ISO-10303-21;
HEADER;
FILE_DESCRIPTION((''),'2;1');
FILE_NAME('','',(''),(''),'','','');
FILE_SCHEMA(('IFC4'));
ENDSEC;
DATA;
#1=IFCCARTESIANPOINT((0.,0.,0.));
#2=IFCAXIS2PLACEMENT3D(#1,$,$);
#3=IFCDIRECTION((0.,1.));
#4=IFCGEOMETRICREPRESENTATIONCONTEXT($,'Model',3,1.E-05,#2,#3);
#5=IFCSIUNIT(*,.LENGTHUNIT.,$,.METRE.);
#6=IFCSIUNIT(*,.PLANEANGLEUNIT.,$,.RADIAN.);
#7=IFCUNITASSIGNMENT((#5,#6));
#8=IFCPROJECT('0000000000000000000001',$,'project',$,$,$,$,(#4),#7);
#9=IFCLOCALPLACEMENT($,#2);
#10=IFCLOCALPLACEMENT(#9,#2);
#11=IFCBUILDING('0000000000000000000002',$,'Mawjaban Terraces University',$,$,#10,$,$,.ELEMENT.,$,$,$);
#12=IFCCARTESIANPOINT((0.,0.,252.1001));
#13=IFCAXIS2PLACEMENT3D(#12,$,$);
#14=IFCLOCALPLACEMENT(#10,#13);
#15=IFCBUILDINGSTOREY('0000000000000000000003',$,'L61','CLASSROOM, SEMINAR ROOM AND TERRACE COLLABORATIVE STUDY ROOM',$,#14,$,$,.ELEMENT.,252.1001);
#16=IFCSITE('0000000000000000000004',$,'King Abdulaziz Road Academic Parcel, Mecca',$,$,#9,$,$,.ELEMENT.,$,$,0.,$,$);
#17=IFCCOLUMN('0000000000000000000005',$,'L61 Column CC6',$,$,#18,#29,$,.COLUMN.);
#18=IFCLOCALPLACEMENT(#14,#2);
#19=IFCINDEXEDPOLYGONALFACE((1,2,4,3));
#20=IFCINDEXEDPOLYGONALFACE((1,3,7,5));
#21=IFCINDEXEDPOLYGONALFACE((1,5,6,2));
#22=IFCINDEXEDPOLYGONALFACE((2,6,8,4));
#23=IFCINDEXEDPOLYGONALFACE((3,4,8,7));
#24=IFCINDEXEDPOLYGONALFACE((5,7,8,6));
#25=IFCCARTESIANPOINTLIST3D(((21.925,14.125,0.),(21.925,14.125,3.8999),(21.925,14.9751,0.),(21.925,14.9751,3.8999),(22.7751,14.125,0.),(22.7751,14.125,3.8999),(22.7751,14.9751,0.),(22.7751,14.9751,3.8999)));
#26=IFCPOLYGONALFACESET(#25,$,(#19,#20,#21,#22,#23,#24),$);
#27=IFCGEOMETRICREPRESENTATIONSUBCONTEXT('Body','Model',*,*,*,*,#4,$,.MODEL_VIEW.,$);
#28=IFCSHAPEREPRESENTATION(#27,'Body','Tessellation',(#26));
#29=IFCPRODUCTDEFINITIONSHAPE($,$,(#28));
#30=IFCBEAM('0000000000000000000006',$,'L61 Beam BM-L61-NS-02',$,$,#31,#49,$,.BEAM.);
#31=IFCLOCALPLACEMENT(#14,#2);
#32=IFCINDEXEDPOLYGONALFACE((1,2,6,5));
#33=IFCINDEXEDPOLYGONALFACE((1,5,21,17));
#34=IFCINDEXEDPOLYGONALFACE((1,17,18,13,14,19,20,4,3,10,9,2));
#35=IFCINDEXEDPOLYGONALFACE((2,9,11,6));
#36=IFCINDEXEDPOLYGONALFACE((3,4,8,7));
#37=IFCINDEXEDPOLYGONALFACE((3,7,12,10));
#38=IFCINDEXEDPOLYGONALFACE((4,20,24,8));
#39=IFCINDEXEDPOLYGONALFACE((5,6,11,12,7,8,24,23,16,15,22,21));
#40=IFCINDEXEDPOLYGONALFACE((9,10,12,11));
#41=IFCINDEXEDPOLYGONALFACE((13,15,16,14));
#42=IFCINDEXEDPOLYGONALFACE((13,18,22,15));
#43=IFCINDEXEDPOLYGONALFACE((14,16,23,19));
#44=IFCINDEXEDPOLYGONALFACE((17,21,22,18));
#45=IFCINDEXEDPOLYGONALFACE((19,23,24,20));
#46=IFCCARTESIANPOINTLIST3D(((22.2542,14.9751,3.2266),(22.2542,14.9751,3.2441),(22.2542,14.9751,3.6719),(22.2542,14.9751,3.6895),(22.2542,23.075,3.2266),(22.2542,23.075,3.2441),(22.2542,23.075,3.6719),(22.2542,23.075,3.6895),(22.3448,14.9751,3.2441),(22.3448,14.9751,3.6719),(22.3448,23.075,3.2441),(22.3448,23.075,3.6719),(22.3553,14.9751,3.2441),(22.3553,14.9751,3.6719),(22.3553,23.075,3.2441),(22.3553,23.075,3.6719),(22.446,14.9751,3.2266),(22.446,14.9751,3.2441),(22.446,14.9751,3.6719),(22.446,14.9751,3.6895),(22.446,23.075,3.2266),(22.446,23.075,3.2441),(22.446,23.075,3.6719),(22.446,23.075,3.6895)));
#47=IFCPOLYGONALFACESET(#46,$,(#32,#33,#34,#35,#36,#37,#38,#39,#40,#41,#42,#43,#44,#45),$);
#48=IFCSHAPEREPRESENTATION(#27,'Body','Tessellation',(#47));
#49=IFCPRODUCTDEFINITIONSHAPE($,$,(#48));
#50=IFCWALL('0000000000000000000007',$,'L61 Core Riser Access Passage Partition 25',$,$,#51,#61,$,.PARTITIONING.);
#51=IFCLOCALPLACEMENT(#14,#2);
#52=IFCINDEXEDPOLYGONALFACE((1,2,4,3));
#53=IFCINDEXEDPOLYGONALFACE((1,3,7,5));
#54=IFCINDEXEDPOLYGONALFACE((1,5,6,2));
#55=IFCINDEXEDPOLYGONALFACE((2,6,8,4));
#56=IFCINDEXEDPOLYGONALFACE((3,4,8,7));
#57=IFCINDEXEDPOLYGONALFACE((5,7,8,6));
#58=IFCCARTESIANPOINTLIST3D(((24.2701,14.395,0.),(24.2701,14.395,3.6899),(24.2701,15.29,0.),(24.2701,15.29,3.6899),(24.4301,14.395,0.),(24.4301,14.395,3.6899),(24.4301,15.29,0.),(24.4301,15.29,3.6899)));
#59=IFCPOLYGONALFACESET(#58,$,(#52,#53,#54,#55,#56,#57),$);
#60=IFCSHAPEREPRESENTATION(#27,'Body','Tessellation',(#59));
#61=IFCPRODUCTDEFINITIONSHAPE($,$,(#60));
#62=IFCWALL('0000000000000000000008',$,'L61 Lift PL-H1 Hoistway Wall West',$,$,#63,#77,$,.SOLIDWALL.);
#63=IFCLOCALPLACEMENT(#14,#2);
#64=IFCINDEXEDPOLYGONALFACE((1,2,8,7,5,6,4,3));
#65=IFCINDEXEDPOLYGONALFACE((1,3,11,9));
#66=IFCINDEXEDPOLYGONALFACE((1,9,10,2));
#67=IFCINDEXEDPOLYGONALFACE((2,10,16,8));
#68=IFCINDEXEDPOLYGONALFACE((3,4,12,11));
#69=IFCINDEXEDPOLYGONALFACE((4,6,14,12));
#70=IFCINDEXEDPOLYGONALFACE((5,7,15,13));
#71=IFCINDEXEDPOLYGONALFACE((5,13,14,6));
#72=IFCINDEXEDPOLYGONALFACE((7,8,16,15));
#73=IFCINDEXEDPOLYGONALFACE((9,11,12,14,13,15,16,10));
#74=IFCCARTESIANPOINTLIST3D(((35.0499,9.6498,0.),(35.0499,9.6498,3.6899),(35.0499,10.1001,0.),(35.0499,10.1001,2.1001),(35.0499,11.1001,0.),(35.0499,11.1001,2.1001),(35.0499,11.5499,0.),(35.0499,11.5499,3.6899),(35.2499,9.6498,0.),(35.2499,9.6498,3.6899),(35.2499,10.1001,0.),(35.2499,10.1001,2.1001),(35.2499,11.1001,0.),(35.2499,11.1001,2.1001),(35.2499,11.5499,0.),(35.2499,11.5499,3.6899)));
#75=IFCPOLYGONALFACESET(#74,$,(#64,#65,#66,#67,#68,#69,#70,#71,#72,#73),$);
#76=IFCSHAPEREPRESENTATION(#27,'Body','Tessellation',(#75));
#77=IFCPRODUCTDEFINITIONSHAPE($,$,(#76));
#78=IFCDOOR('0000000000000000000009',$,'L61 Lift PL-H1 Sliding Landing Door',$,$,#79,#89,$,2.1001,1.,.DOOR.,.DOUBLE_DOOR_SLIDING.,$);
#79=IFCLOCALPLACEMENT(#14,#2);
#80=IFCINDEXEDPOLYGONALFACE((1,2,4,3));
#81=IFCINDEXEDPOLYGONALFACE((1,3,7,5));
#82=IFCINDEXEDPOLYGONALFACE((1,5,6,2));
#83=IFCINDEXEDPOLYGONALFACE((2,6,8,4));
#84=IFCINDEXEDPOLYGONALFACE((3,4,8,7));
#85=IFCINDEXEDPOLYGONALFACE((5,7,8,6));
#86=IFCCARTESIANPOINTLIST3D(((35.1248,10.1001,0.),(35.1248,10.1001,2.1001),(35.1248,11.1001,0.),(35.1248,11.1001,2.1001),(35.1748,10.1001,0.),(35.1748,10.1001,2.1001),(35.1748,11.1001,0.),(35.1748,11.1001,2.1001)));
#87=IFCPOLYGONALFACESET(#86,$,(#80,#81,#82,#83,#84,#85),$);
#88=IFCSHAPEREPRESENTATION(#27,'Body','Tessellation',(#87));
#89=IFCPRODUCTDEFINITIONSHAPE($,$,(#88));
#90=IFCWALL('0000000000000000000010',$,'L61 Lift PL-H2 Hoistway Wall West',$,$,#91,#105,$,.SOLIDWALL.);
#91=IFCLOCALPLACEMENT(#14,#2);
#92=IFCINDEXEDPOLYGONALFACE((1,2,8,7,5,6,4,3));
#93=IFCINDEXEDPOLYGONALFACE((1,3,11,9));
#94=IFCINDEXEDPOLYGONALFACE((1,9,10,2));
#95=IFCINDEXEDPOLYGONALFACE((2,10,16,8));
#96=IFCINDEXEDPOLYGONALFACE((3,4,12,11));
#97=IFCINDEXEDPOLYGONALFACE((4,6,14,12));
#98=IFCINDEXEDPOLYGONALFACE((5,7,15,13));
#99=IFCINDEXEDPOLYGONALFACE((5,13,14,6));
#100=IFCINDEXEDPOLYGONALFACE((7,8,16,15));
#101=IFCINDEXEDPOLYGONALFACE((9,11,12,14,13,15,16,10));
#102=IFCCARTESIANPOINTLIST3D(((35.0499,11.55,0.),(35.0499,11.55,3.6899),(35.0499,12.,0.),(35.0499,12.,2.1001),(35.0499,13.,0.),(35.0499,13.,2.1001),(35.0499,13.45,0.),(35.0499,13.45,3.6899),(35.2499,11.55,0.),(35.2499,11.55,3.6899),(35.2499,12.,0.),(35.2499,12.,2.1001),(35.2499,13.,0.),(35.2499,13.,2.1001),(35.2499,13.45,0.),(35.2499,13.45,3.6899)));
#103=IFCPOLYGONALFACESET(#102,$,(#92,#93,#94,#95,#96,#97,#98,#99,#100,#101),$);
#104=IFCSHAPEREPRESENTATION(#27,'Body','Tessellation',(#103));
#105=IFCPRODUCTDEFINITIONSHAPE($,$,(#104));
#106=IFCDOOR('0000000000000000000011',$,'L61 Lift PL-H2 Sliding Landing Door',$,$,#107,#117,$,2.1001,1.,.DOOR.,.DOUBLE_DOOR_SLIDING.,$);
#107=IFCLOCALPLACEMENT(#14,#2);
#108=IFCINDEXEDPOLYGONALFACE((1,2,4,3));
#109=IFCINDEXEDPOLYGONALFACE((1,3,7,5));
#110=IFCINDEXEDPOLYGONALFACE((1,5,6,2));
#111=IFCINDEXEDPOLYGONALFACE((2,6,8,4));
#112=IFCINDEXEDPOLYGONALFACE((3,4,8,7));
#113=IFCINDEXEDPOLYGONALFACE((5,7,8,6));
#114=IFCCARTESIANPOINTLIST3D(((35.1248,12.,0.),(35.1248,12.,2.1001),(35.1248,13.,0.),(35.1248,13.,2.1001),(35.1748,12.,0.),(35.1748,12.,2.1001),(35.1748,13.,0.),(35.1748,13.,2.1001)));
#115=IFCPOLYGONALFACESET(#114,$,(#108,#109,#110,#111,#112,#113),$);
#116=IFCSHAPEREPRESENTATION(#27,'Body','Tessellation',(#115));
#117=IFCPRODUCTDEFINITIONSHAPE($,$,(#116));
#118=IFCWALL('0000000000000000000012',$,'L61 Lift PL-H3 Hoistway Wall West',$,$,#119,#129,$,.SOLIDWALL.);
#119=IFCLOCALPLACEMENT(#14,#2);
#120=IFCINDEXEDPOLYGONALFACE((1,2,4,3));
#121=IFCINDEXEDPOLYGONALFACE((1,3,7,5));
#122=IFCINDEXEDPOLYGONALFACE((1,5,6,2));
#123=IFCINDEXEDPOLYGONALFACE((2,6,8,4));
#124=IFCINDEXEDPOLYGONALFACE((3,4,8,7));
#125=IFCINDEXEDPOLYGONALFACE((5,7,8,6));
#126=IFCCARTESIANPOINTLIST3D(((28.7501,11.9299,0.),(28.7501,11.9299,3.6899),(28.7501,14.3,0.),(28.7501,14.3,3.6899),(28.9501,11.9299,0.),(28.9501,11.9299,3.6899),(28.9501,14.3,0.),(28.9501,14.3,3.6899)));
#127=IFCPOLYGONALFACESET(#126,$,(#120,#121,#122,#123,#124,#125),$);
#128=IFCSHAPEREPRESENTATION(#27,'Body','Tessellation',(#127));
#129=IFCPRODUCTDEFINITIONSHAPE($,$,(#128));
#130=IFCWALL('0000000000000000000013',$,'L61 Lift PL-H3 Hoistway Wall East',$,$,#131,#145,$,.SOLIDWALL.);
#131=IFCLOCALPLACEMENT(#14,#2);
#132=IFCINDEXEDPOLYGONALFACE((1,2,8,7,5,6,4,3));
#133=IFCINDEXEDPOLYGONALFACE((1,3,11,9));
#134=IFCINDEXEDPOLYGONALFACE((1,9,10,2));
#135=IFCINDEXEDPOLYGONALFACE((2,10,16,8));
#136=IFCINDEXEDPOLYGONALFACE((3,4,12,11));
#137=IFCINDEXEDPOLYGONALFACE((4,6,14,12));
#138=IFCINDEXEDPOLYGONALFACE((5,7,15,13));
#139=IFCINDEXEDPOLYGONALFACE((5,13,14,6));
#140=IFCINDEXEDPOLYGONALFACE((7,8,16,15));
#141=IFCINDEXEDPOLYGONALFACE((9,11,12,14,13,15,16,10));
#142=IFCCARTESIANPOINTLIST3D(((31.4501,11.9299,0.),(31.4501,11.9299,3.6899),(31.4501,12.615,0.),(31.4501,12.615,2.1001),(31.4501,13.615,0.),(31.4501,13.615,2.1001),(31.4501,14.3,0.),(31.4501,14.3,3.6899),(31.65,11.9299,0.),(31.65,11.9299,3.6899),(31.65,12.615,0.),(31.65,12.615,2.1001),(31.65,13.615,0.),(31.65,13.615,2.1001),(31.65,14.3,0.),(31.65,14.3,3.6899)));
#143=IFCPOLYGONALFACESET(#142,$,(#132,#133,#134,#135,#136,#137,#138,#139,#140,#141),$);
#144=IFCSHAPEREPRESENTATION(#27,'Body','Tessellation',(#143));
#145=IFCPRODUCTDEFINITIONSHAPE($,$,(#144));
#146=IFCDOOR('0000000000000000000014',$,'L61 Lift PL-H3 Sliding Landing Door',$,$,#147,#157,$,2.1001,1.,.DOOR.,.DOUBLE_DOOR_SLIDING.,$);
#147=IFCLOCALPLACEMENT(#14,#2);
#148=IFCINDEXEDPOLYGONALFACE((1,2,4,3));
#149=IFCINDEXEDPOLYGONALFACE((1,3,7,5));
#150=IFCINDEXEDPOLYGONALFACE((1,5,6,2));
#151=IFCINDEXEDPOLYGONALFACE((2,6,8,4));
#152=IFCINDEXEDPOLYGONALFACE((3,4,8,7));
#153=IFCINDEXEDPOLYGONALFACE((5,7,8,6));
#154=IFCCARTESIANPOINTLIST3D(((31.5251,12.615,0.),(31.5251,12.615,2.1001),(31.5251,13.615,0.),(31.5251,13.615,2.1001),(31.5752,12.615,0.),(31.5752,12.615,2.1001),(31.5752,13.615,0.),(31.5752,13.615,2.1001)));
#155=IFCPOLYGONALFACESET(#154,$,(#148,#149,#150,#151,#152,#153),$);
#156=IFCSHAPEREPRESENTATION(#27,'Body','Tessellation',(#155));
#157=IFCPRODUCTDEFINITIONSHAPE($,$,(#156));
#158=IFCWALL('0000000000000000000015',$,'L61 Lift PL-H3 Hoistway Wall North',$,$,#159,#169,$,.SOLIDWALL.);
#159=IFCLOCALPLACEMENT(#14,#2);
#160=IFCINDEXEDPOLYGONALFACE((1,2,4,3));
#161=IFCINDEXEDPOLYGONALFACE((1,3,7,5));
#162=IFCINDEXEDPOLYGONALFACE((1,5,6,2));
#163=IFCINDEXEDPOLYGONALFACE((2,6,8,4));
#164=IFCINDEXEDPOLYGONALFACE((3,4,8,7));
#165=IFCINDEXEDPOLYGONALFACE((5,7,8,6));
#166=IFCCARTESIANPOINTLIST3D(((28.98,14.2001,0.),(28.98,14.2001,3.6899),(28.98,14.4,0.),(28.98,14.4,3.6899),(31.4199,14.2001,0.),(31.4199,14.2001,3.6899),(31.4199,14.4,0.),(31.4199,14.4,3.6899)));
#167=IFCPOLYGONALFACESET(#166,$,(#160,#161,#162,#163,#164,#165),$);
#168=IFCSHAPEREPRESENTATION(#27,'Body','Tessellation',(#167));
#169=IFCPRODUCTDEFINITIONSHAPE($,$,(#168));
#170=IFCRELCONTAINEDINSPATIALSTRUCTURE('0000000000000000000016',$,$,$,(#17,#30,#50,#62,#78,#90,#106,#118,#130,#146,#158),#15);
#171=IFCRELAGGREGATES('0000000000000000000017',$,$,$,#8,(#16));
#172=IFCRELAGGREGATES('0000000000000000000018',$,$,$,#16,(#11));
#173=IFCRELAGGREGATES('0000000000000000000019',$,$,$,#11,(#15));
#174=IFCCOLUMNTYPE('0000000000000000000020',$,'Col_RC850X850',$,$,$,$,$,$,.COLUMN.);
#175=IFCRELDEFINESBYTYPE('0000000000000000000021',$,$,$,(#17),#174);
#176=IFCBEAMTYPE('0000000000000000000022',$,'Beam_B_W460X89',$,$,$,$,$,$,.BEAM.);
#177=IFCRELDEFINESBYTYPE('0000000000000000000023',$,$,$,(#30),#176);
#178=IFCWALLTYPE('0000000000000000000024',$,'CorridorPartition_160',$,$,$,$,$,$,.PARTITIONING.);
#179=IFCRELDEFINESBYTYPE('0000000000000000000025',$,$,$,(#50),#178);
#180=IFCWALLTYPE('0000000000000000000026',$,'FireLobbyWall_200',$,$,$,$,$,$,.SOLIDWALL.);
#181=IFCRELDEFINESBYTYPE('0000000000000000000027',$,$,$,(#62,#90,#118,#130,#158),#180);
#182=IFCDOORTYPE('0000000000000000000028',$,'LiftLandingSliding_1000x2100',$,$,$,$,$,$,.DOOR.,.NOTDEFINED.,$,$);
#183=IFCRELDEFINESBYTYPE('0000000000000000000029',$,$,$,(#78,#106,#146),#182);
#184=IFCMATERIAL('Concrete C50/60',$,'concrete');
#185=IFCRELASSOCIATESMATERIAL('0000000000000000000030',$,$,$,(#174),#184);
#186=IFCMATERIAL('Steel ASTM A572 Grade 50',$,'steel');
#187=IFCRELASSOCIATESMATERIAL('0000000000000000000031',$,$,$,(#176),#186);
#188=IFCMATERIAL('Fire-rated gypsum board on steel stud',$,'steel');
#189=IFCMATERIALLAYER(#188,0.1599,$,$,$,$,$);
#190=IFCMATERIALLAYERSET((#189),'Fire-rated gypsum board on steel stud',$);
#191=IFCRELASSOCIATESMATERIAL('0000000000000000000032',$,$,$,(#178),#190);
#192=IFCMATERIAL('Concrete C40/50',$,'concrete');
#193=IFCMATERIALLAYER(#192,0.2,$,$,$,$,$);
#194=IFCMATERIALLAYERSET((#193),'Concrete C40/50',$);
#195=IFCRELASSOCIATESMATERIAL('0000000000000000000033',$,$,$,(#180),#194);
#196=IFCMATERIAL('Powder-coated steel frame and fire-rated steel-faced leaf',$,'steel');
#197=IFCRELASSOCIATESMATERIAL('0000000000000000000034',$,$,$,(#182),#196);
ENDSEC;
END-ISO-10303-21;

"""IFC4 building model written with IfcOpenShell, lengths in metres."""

from ifc_helpers import new_model, si_unit, direction, frame, frame_2d, origin, origin_2d, place, context, subcontext, project, spatial, rectangle, i_section, extrude, material, layer, layer_set, material_profile, profile_set, type_object, element, fill, save


model = new_model("IFC4")

# Units and contexts
model_context = context("Model", 3, precision=1e-05, world=origin(), true_north=direction((0.0, 1.0)))
body_context = subcontext(model_context, "Body", "Model", "MODEL_VIEW")
ifc_project = project(units=[si_unit("LENGTHUNIT", "METRE"), si_unit("PLANEANGLEUNIT", "RADIAN")], contexts=[model_context])

# Site, building, storey
site_placement = place(None, origin())
site = spatial("IfcSite", under=ifc_project, at=site_placement, Name="King Abdulaziz Road Academic Parcel, Mecca", CompositionType="ELEMENT", RefElevation=0.0)
building_placement = place(site_placement, origin())
building = spatial("IfcBuilding", under=site, at=building_placement, Name="Mawjaban Terraces University", CompositionType="ELEMENT")
storey_placement = place(building_placement, frame((0.0, 0.0, 252.1001)))
storey = spatial("IfcBuildingStorey", under=building, at=storey_placement, Name="L61", Description="CLASSROOM, SEMINAR ROOM AND TERRACE COLLABORATIVE STUDY ROOM", CompositionType="ELEMENT", Elevation=252.1001)

# Column
ifc_material_1 = material(Name="Concrete C50/60", Category="concrete")
ifc_material_profile_1 = material_profile(ifc_material_1, rectangle(XDim=0.8501, YDim=0.8501, at=origin_2d()), Name="RC850X850")
ifc_profile_set_1 = profile_set([ifc_material_profile_1], Name="Concrete C50/60")
column_type = type_object("IfcColumnType", Name="Col_RC850X850", PredefinedType="COLUMN", material=ifc_profile_set_1)
column_placement = place(storey_placement, frame((22.3501, 14.55, 0.0), z_axis=(0.0, 0.0, 1.0), x_axis=(1.0, 0.0, 0.0)))
element("IfcColumn", 1, at=column_placement, inside=storey, type_object=column_type, Name="L61 Column CC6", PredefinedType="COLUMN", context=body_context, shape_type="SweptSolid", body=[
    extrude(rectangle(XDim=0.8501, YDim=0.8501, at=origin_2d()), origin(), (0.0, 0.0, 1.0), 3.8999),
])

# Beam
ifc_material_2 = material(Name="Steel ASTM A572 Grade 50", Category="steel")
ifc_material_profile_2 = material_profile(ifc_material_2, i_section(OverallWidth=0.1919, OverallDepth=0.4629, WebThickness=0.0105, FlangeThickness=0.0176, at=origin_2d()), Name="W460X89")
ifc_profile_set_2 = profile_set([ifc_material_profile_2], Name="Steel ASTM A572 Grade 50")
beam_type = type_object("IfcBeamType", Name="Beam_B_W460X89", PredefinedType="BEAM", material=ifc_profile_set_2)
beam_placement = place(storey_placement, frame((22.3501, 14.9751, 3.458), z_axis=(0.0, 1.0, 0.0), x_axis=(-1.0, 0.0, 0.0)))
element("IfcBeam", 2, at=beam_placement, inside=storey, type_object=beam_type, Name="L61 Beam BM-L61-NS-02", PredefinedType="BEAM", context=body_context, shape_type="SweptSolid", body=[
    extrude(i_section(OverallWidth=0.1919, OverallDepth=0.4629, WebThickness=0.0105, FlangeThickness=0.0176, at=origin_2d()), origin(), (0.0, 0.0, 1.0), 8.0999),
])

# Wall
ifc_material_3 = material(Name="Fire-rated gypsum board on steel stud", Category="steel")
ifc_layer_1 = layer(ifc_material_3, 0.1599)
ifc_layer_set_1 = layer_set([ifc_layer_1], Name="Fire-rated gypsum board on steel stud")
wall_type_1 = type_object("IfcWallType", Name="CorridorPartition_160", PredefinedType="PARTITIONING", material=ifc_layer_set_1)
wall_1_placement = place(storey_placement, frame((24.3501, 15.29, 0.0), z_axis=(0.0, 0.0, 1.0), x_axis=(0.0, -1.0, 0.0)))
element("IfcWall", 3, at=wall_1_placement, inside=storey, type_object=wall_type_1, Name="L61 Core Riser Access Passage Partition 25", PredefinedType="PARTITIONING", context=body_context, shape_type="SweptSolid", body=[
    extrude(rectangle(XDim=0.895, YDim=0.1599, at=frame_2d((0.4475, 0.0))), origin(), (0.0, 0.0, 1.0), 3.6899),
])

# Walls, openings, doors
ifc_material_4 = material(Name="Concrete C40/50", Category="concrete")
ifc_layer_2 = layer(ifc_material_4, 0.2)
ifc_layer_set_2 = layer_set([ifc_layer_2], Name="Concrete C40/50")
wall_type_2 = type_object("IfcWallType", Name="FireLobbyWall_200", PredefinedType="SOLIDWALL", material=ifc_layer_set_2)
wall_2_placement = place(storey_placement, frame((35.1499, 11.55, 0.0), z_axis=(0.0, 0.0, 1.0), x_axis=(0.0, -1.0, 0.0)))
wall_2 = element("IfcWall", 4, at=wall_2_placement, inside=storey, type_object=wall_type_2, Name="L61 Lift PL-H1 Hoistway Wall West", PredefinedType="SOLIDWALL", context=body_context, shape_type="SweptSolid", body=[
    extrude(rectangle(XDim=1.9001, YDim=0.2, at=frame_2d((0.9502, 0.0))), origin(), (0.0, 0.0, 1.0), 3.6899),
])
opening_1_placement = place(wall_2_placement, frame((0.45, 0.0, 0.0)))
opening_1 = element("IfcOpeningElement", 5, at=opening_1_placement, cuts=wall_2, PredefinedType="OPENING", context=body_context, shape_type="SweptSolid", body=[
    extrude(rectangle(XDim=1.0, YDim=2.1001, at=frame_2d((0.5, 1.05))), frame((0.0, 0.1099, 0.0), z_axis=(0.0, -1.0, 0.0), x_axis=(1.0, 0.0, 0.0)), (0.0, 0.0, 1.0), 0.22),
])
ifc_material_5 = material(Name="Powder-coated steel frame and fire-rated steel-faced leaf", Category="steel")
door_type_1 = type_object("IfcDoorType", Name="LiftLandingSliding_1000x2100", OperationType="NOTDEFINED", PredefinedType="DOOR", material=ifc_material_5)
door_1_placement = place(opening_1_placement, origin())
door_1 = element("IfcDoor", 6, at=door_1_placement, inside=storey, type_object=door_type_1, Name="L61 Lift PL-H1 Sliding Landing Door", OperationType="DOUBLE_DOOR_SLIDING", OverallHeight=2.1001, OverallWidth=1.0, PredefinedType="DOOR", context=body_context, shape_type="SweptSolid", body=[
    extrude(rectangle(XDim=1.0, YDim=2.1001, at=frame_2d((0.5, 1.05))), frame((0.0, 0.0249, 0.0), z_axis=(0.0, -1.0, 0.0), x_axis=(1.0, 0.0, 0.0)), (0.0, 0.0, 1.0), 0.05),
])
fill(opening_1, door_1)
wall_3_placement = place(storey_placement, frame((35.1499, 13.45, 0.0), z_axis=(0.0, 0.0, 1.0), x_axis=(0.0, -1.0, 0.0)))
wall_3 = element("IfcWall", 7, at=wall_3_placement, inside=storey, type_object=wall_type_2, Name="L61 Lift PL-H2 Hoistway Wall West", PredefinedType="SOLIDWALL", context=body_context, shape_type="SweptSolid", body=[
    extrude(rectangle(XDim=1.8999, YDim=0.2, at=frame_2d((0.95, 0.0))), origin(), (0.0, 0.0, 1.0), 3.6899),
])
opening_2_placement = place(wall_3_placement, frame((0.45, 0.0, 0.0)))
opening_2 = element("IfcOpeningElement", 8, at=opening_2_placement, cuts=wall_3, PredefinedType="OPENING", context=body_context, shape_type="SweptSolid", body=[
    extrude(rectangle(XDim=1.0, YDim=2.1001, at=frame_2d((0.5, 1.05))), frame((0.0, 0.1099, 0.0), z_axis=(0.0, -1.0, 0.0), x_axis=(1.0, 0.0, 0.0)), (0.0, 0.0, 1.0), 0.22),
])
door_2_placement = place(opening_2_placement, origin())
door_2 = element("IfcDoor", 9, at=door_2_placement, inside=storey, type_object=door_type_1, Name="L61 Lift PL-H2 Sliding Landing Door", OperationType="DOUBLE_DOOR_SLIDING", OverallHeight=2.1001, OverallWidth=1.0, PredefinedType="DOOR", context=body_context, shape_type="SweptSolid", body=[
    extrude(rectangle(XDim=1.0, YDim=2.1001, at=frame_2d((0.5, 1.05))), frame((0.0, 0.0249, 0.0), z_axis=(0.0, -1.0, 0.0), x_axis=(1.0, 0.0, 0.0)), (0.0, 0.0, 1.0), 0.05),
])
fill(opening_2, door_2)

# Wall
wall_4_placement = place(storey_placement, frame((28.8501, 14.3, 0.0), z_axis=(0.0, 0.0, 1.0), x_axis=(0.0, -1.0, 0.0)))
element("IfcWall", 10, at=wall_4_placement, inside=storey, type_object=wall_type_2, Name="L61 Lift PL-H3 Hoistway Wall West", PredefinedType="SOLIDWALL", context=body_context, shape_type="SweptSolid", body=[
    extrude(rectangle(XDim=2.3701, YDim=0.2, at=frame_2d((1.1851, 0.0))), origin(), (0.0, 0.0, 1.0), 3.6899),
])

# Wall, opening, door
wall_5_placement = place(storey_placement, frame((31.55, 11.9299, 0.0), z_axis=(0.0, 0.0, 1.0), x_axis=(0.0, 1.0, 0.0)))
wall_5 = element("IfcWall", 11, at=wall_5_placement, inside=storey, type_object=wall_type_2, Name="L61 Lift PL-H3 Hoistway Wall East", PredefinedType="SOLIDWALL", context=body_context, shape_type="SweptSolid", body=[
    extrude(rectangle(XDim=2.3701, YDim=0.2, at=frame_2d((1.1851, 0.0))), origin(), (0.0, 0.0, 1.0), 3.6899),
])
opening_3_placement = place(wall_5_placement, frame((0.6851, 0.0, 0.0)))
opening_3 = element("IfcOpeningElement", 12, at=opening_3_placement, cuts=wall_5, PredefinedType="OPENING", context=body_context, shape_type="SweptSolid", body=[
    extrude(rectangle(XDim=1.0, YDim=2.1001, at=frame_2d((0.5, 1.05))), frame((0.0, 0.1099, 0.0), z_axis=(0.0, -1.0, 0.0), x_axis=(1.0, 0.0, 0.0)), (0.0, 0.0, 1.0), 0.22),
])
door_3_placement = place(opening_3_placement, origin())
door_3 = element("IfcDoor", 13, at=door_3_placement, inside=storey, type_object=door_type_1, Name="L61 Lift PL-H3 Sliding Landing Door", OperationType="DOUBLE_DOOR_SLIDING", OverallHeight=2.1001, OverallWidth=1.0, PredefinedType="DOOR", context=body_context, shape_type="SweptSolid", body=[
    extrude(rectangle(XDim=1.0, YDim=2.1001, at=frame_2d((0.5, 1.05))), frame((0.0, 0.0249, 0.0), z_axis=(0.0, -1.0, 0.0), x_axis=(1.0, 0.0, 0.0)), (0.0, 0.0, 1.0), 0.05),
])
fill(opening_3, door_3)

# Wall
wall_6_placement = place(storey_placement, frame((31.4199, 14.3, 0.0), z_axis=(0.0, 0.0, 1.0), x_axis=(-1.0, 0.0, 0.0)))
element("IfcWall", 14, at=wall_6_placement, inside=storey, type_object=wall_type_2, Name="L61 Lift PL-H3 Hoistway Wall North", PredefinedType="SOLIDWALL", context=body_context, shape_type="SweptSolid", body=[
    extrude(rectangle(XDim=2.4399, YDim=0.2, at=frame_2d((1.22, 0.0))), origin(), (0.0, 0.0, 1.0), 3.6899),
])

save(model, "model.ifc")
